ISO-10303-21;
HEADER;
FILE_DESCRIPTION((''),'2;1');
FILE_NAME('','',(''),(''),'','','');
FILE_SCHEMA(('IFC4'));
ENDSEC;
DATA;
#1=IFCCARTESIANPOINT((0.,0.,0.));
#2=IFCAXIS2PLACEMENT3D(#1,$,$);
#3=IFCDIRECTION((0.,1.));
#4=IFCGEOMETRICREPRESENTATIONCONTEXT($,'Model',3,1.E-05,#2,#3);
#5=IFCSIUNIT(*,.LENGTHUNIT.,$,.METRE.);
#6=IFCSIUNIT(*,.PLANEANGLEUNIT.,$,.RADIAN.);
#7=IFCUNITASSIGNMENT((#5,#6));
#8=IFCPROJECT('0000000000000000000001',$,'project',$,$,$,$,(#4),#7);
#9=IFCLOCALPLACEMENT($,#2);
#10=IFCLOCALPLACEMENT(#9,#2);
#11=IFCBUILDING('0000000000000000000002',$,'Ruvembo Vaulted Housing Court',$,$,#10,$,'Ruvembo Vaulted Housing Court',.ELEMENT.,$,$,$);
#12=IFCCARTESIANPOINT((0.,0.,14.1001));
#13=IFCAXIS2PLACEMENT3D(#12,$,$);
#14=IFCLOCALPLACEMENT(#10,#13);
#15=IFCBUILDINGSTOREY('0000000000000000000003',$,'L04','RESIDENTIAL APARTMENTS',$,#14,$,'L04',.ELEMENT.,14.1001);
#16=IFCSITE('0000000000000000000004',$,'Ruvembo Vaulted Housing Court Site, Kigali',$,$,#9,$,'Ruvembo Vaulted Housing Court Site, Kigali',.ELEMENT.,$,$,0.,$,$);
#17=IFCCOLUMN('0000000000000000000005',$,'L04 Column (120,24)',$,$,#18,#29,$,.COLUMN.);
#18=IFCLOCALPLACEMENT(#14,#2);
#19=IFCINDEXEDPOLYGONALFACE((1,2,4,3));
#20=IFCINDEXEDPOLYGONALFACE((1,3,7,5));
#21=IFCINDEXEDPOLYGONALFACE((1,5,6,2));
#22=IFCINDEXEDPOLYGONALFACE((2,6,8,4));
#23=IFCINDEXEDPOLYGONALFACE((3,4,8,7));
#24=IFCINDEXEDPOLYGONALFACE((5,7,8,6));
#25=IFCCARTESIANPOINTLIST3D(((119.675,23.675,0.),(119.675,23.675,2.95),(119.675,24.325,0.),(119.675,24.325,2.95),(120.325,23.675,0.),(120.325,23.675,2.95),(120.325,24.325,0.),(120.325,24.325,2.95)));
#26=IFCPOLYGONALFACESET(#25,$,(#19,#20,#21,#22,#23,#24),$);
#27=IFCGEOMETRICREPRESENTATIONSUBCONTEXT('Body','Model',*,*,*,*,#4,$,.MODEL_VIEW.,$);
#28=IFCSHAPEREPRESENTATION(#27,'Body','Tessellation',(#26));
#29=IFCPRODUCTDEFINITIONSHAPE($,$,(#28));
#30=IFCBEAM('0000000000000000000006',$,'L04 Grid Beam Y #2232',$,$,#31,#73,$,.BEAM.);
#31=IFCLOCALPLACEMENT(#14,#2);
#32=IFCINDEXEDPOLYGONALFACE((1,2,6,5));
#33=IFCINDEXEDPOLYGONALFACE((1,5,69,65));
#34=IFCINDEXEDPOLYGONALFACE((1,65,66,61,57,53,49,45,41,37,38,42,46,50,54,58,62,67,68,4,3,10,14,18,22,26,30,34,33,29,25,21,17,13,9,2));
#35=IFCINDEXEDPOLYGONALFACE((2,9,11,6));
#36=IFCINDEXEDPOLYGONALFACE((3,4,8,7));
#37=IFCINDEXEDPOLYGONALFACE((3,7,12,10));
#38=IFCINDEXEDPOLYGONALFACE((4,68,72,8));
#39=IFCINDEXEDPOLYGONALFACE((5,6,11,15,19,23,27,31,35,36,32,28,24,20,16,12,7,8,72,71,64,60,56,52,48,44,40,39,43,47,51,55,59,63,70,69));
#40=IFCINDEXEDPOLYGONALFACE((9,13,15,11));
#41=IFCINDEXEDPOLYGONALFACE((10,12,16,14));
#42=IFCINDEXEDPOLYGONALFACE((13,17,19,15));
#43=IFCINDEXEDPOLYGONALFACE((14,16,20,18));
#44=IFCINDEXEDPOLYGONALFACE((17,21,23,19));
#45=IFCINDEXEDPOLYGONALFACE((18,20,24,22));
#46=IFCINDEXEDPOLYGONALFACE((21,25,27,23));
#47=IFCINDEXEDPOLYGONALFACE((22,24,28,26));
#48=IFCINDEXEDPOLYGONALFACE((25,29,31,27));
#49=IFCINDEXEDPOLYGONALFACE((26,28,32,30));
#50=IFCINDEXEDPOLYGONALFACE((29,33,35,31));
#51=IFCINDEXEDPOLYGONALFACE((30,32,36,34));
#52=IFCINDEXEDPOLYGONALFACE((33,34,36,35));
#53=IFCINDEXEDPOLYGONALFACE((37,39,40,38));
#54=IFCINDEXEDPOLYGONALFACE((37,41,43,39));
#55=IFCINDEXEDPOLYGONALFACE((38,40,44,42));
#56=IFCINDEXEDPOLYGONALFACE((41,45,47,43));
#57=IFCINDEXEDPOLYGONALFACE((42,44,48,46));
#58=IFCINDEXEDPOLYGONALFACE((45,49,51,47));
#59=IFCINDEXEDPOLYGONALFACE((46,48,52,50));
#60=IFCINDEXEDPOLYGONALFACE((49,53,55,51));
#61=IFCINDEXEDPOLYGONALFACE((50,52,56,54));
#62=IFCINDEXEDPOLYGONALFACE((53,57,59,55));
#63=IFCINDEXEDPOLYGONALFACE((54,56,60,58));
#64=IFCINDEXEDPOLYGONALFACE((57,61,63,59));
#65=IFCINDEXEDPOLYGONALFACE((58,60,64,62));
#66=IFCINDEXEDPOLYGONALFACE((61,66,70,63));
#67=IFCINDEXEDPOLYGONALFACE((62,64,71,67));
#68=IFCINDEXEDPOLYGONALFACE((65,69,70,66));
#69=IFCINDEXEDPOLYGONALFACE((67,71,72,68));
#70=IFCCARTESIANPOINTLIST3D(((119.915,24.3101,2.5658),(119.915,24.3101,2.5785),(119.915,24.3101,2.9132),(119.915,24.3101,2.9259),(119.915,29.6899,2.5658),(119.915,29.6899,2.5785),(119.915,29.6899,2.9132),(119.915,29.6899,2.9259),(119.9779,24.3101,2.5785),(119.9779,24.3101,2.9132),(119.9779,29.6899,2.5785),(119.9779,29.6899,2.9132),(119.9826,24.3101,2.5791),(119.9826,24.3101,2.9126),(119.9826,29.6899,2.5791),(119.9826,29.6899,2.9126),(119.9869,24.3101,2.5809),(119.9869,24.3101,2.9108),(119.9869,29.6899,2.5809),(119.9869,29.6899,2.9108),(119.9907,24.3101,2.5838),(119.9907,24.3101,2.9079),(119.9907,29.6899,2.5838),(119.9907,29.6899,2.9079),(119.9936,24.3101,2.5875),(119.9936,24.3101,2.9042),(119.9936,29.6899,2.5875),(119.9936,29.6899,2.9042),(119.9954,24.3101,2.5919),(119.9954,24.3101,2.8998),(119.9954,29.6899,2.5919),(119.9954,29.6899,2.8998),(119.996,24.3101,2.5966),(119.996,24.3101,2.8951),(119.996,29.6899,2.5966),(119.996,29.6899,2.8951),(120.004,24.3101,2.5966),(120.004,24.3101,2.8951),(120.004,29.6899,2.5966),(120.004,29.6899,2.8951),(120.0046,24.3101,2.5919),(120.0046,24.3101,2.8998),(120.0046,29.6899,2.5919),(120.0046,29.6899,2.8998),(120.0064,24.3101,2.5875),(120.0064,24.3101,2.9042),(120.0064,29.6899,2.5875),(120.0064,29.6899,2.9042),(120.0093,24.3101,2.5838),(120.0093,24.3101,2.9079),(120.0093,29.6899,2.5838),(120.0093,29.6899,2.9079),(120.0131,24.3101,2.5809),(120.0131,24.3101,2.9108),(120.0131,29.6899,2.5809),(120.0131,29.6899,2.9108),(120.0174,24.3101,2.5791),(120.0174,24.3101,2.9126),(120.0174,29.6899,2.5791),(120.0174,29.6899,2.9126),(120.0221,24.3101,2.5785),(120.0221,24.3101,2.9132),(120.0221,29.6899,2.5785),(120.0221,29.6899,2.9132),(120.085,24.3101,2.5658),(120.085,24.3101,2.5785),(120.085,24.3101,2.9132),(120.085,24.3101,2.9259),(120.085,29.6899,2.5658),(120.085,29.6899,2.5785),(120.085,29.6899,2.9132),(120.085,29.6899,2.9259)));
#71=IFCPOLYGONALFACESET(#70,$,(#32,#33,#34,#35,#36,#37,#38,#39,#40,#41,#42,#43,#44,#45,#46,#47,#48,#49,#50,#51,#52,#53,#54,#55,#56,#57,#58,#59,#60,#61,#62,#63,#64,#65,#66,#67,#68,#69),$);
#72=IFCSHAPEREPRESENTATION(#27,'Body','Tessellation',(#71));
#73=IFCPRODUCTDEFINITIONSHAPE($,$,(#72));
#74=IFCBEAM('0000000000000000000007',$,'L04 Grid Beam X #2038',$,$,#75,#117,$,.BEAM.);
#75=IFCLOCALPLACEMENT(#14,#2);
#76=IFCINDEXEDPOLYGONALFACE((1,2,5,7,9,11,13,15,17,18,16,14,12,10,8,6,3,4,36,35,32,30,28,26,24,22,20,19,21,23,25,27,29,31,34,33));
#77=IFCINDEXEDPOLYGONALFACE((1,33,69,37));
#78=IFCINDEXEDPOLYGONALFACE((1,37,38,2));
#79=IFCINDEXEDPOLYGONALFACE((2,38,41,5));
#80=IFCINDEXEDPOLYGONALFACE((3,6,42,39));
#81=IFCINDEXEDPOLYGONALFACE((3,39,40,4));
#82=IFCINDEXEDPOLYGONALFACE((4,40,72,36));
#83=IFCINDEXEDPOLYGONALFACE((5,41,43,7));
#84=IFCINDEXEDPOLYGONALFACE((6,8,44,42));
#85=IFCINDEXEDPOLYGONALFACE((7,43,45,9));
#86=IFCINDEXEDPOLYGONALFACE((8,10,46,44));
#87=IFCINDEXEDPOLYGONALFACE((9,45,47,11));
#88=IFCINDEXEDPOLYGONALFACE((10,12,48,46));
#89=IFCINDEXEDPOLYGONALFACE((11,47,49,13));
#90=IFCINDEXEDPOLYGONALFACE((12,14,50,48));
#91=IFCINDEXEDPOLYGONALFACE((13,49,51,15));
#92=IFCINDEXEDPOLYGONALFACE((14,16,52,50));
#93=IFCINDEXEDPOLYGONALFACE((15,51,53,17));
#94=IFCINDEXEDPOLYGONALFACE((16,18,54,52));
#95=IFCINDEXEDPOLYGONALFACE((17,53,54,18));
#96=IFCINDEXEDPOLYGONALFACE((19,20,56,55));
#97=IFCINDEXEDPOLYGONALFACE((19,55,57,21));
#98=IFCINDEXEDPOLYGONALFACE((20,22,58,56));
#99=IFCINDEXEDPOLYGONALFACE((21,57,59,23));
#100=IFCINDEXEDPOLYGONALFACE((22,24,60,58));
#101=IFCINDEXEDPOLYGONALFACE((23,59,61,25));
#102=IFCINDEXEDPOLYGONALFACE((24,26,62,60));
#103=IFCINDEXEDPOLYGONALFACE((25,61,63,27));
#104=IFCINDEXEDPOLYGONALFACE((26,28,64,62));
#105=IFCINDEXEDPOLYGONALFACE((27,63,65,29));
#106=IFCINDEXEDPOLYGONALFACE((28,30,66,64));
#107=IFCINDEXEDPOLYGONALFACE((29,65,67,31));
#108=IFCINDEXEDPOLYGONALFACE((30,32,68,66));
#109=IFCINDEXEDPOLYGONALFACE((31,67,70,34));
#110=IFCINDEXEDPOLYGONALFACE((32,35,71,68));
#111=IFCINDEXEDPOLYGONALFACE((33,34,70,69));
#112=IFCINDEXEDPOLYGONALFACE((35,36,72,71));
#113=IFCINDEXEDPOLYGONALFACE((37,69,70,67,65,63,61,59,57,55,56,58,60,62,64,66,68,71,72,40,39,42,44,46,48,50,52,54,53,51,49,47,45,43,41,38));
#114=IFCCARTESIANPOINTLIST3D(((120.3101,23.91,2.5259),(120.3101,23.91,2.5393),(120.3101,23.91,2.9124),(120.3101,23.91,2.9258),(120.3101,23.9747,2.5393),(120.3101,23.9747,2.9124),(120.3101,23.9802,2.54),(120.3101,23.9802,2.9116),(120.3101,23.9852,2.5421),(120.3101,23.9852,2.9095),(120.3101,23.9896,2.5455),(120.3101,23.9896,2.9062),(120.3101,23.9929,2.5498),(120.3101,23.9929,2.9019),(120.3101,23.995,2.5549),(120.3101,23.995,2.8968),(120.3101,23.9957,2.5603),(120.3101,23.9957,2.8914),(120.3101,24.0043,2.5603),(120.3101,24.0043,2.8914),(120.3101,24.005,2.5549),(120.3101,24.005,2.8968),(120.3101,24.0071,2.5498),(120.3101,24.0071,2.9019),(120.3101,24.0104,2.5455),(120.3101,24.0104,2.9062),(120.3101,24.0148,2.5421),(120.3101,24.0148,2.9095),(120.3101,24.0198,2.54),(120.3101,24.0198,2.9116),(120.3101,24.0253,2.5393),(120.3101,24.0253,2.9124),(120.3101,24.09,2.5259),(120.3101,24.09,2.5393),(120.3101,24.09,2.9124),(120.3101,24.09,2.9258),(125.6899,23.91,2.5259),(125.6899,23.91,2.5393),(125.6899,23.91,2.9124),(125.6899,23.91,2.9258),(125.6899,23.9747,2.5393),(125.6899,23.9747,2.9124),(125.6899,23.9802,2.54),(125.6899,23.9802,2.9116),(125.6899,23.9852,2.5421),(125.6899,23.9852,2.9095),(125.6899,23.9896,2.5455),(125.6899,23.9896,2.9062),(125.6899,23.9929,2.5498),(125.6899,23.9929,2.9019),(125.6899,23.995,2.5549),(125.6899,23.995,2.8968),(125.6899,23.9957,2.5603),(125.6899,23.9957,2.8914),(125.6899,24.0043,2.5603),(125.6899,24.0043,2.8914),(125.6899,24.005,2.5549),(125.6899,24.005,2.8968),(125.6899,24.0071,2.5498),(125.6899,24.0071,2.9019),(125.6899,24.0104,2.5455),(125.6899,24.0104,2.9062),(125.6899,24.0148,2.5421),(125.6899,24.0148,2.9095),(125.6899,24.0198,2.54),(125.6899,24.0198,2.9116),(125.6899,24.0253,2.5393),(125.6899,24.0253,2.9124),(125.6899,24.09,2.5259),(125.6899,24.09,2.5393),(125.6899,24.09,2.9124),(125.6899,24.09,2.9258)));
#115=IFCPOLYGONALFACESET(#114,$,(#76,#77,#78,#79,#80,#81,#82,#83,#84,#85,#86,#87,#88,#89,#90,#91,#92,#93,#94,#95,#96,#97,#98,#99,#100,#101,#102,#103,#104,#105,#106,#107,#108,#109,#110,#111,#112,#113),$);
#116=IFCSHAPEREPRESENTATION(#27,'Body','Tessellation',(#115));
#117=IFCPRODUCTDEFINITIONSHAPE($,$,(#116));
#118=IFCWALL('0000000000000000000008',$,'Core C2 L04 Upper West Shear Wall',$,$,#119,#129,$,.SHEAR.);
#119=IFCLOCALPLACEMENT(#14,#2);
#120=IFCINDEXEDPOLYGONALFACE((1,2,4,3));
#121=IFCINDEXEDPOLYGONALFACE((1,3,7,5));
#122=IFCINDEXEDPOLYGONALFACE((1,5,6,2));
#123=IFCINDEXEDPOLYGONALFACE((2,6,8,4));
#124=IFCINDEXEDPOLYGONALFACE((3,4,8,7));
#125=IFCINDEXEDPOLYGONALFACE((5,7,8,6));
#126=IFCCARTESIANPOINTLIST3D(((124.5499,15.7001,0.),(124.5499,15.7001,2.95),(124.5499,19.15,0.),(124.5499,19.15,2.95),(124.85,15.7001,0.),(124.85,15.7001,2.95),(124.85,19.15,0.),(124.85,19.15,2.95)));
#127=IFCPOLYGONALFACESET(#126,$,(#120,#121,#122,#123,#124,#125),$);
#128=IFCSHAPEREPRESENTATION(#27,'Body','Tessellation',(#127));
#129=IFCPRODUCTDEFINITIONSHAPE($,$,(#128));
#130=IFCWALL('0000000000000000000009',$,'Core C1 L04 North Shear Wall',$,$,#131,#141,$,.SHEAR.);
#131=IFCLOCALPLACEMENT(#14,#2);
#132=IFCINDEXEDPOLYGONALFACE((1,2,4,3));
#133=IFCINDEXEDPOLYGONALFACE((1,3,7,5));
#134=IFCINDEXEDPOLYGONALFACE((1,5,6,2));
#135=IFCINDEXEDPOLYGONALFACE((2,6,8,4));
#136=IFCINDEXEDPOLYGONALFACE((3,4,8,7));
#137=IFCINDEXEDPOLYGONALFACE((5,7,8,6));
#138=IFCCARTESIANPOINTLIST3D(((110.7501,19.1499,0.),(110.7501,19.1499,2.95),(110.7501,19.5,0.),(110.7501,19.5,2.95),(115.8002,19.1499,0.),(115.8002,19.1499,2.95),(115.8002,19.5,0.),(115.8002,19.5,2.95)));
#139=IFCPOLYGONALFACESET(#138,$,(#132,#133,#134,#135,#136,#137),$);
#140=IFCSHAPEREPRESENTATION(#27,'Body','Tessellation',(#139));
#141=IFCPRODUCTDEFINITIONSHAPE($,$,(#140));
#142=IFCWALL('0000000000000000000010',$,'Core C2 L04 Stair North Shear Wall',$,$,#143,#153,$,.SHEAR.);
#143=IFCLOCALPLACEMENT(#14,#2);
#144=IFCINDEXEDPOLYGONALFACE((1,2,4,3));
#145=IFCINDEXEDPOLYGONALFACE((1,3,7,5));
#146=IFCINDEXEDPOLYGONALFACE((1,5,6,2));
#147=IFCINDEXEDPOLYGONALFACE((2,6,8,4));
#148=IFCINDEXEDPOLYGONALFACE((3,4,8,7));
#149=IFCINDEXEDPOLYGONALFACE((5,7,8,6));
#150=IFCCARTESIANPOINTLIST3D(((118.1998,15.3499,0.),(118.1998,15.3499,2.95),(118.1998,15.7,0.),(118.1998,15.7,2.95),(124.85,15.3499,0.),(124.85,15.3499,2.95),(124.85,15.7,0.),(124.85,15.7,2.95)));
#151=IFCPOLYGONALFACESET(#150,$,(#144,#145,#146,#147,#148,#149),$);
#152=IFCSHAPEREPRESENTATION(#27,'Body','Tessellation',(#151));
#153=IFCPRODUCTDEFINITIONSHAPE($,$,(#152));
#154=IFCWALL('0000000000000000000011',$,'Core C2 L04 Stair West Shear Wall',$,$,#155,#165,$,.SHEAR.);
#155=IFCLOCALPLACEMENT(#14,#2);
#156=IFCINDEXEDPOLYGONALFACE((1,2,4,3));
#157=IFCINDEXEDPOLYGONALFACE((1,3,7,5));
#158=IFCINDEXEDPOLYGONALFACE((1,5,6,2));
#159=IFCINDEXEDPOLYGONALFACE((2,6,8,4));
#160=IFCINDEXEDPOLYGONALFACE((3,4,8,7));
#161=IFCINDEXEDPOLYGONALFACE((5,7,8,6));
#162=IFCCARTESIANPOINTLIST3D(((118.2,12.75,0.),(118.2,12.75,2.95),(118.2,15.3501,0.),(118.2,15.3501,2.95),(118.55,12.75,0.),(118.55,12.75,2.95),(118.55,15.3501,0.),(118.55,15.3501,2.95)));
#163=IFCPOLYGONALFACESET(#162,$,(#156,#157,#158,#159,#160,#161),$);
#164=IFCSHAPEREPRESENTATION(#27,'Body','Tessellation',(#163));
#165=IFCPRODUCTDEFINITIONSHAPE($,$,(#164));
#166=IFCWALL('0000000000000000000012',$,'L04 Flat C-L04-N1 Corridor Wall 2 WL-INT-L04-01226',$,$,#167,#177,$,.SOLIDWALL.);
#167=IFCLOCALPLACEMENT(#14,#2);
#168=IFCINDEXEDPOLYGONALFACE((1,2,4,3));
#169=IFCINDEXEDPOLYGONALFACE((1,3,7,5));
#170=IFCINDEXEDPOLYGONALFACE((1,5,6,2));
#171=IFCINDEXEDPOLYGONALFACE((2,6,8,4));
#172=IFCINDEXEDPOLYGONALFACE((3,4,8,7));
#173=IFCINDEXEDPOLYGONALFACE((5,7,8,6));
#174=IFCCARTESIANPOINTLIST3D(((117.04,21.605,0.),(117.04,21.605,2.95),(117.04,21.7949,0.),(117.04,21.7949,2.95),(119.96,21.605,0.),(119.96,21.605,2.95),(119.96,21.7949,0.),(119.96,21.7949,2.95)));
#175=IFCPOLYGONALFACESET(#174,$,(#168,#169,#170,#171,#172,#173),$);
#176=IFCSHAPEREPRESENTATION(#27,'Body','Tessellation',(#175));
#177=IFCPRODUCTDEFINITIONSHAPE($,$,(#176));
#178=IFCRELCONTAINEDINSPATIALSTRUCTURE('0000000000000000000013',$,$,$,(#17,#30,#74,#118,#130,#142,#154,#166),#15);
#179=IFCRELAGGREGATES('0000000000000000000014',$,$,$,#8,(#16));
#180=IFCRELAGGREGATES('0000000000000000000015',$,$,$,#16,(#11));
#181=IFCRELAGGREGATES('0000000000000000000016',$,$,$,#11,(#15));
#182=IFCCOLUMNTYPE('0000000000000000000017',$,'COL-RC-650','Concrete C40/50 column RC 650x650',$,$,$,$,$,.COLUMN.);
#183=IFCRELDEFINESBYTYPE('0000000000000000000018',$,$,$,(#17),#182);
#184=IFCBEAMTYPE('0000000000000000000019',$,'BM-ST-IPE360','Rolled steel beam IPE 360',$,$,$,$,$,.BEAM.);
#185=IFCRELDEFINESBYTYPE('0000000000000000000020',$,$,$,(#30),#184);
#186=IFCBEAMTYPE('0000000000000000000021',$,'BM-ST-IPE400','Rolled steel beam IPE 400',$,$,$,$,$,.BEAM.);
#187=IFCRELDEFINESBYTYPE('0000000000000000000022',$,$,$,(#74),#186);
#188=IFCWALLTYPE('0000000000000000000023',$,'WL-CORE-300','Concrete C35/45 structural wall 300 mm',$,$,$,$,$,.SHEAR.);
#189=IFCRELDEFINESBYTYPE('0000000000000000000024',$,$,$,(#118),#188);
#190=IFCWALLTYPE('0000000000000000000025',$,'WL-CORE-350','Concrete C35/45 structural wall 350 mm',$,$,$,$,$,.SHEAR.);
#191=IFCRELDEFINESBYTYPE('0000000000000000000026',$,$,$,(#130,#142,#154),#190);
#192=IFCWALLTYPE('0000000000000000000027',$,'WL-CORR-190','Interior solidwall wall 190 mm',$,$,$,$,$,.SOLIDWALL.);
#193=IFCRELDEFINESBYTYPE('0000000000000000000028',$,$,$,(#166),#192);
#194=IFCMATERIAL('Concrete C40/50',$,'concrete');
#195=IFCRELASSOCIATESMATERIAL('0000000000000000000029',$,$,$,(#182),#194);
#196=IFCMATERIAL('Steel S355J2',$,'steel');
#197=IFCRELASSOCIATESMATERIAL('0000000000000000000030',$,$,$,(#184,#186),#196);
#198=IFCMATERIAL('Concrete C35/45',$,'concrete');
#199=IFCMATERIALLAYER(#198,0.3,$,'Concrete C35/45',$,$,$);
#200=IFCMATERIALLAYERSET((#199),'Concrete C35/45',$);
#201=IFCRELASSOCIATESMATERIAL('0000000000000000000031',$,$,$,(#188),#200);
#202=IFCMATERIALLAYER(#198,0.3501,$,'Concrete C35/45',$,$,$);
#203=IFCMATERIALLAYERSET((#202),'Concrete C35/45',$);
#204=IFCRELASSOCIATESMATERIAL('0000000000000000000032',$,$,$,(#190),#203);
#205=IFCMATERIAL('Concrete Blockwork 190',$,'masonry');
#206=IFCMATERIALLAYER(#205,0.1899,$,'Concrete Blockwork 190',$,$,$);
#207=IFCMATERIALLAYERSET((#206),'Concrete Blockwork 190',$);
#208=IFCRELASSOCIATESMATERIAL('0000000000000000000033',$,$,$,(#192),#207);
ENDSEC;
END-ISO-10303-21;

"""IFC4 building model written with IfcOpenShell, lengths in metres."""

from ifc_helpers import new_model, si_unit, direction, frame, frame_2d, origin, origin_2d, place, context, subcontext, project, spatial, rectangle, i_section, extrude, material, layer, layer_set, material_profile, profile_set, type_object, element, save


model = new_model("IFC4")

# Units and contexts
model_context = context("Model", 3, precision=1e-05, world=origin(), true_north=direction((0.0, 1.0)))
body_context = subcontext(model_context, "Body", "Model", "MODEL_VIEW")
ifc_project = project(units=[si_unit("LENGTHUNIT", "METRE"), si_unit("PLANEANGLEUNIT", "RADIAN")], contexts=[model_context])

# Site, building, storey
site_placement = place(None, origin())
site = spatial("IfcSite", under=ifc_project, at=site_placement, Name="Ruvembo Vaulted Housing Court Site, Kigali", LongName="Ruvembo Vaulted Housing Court Site, Kigali", CompositionType="ELEMENT", RefElevation=0.0)
building_placement = place(site_placement, origin())
building = spatial("IfcBuilding", under=site, at=building_placement, Name="Ruvembo Vaulted Housing Court", LongName="Ruvembo Vaulted Housing Court", CompositionType="ELEMENT")
storey_placement = place(building_placement, frame((0.0, 0.0, 14.1001)))
storey = spatial("IfcBuildingStorey", under=building, at=storey_placement, Name="L04", Description="RESIDENTIAL APARTMENTS", LongName="L04", CompositionType="ELEMENT", Elevation=14.1001)

# Column
ifc_material_1 = material(Name="Concrete C40/50", Category="concrete")
ifc_material_profile_1 = material_profile(ifc_material_1, rectangle(XDim=0.6499, YDim=0.6499, at=origin_2d()), Name="RC 650x650")
ifc_profile_set_1 = profile_set([ifc_material_profile_1], Name="Concrete C40/50")
column_type = type_object("IfcColumnType", Name="COL-RC-650", Description="Concrete C40/50 column RC 650x650", PredefinedType="COLUMN", material=ifc_profile_set_1)
column_placement = place(storey_placement, frame((120.0, 24.0, 0.0), z_axis=(0.0, 0.0, 1.0), x_axis=(1.0, 0.0, 0.0)))
element("IfcColumn", 1, at=column_placement, inside=storey, type_object=column_type, Name="L04 Column (120,24)", PredefinedType="COLUMN", context=body_context, shape_type="SweptSolid", body=[
    extrude(rectangle(XDim=0.6499, YDim=0.6499, at=origin_2d()), origin(), (0.0, 0.0, 1.0), 2.95),
])

# Beams
ifc_material_2 = material(Name="Steel S355J2", Category="steel")
ifc_material_profile_2 = material_profile(ifc_material_2, i_section(OverallWidth=0.1699, OverallDepth=0.3601, WebThickness=0.0081, FlangeThickness=0.0127, FilletRadius=0.0181, at=origin_2d()), Name="IPE 360")
ifc_profile_set_2 = profile_set([ifc_material_profile_2], Name="Steel S355J2")
beam_type_1 = type_object("IfcBeamType", Name="BM-ST-IPE360", Description="Rolled steel beam IPE 360", PredefinedType="BEAM", material=ifc_profile_set_2)
beam_1_placement = place(storey_placement, frame((120.0, 24.3101, 2.7458), z_axis=(0.0, 1.0, 0.0), x_axis=(-1.0, 0.0, 0.0)))
element("IfcBeam", 2, at=beam_1_placement, inside=storey, type_object=beam_type_1, Name="L04 Grid Beam Y #2232", PredefinedType="BEAM", context=body_context, shape_type="SweptSolid", body=[
    extrude(i_section(OverallWidth=0.1699, OverallDepth=0.3601, WebThickness=0.0081, FlangeThickness=0.0127, FilletRadius=0.0181, at=origin_2d()), origin(), (0.0, 0.0, 1.0), 5.3799),
])
ifc_material_profile_3 = material_profile(ifc_material_2, i_section(OverallWidth=0.1799, OverallDepth=0.3999, WebThickness=0.0085, FlangeThickness=0.0134, FilletRadius=0.021, at=origin_2d()), Name="IPE 400")
ifc_profile_set_3 = profile_set([ifc_material_profile_3], Name="Steel S355J2")
beam_type_2 = type_object("IfcBeamType", Name="BM-ST-IPE400", Description="Rolled steel beam IPE 400", PredefinedType="BEAM", material=ifc_profile_set_3)
beam_2_placement = place(storey_placement, frame((120.3101, 24.0, 2.7258), z_axis=(1.0, 0.0, 0.0), x_axis=(0.0, 1.0, 0.0)))
element("IfcBeam", 3, at=beam_2_placement, inside=storey, type_object=beam_type_2, Name="L04 Grid Beam X #2038", PredefinedType="BEAM", context=body_context, shape_type="SweptSolid", body=[
    extrude(i_section(OverallWidth=0.1799, OverallDepth=0.3999, WebThickness=0.0085, FlangeThickness=0.0134, FilletRadius=0.021, at=origin_2d()), origin(), (0.0, 0.0, 1.0), 5.3799),
])

# Walls
ifc_material_3 = material(Name="Concrete C35/45", Category="concrete")
ifc_layer_1 = layer(ifc_material_3, 0.3, Name="Concrete C35/45")
ifc_layer_set_1 = layer_set([ifc_layer_1], Name="Concrete C35/45")
wall_type_1 = type_object("IfcWallType", Name="WL-CORE-300", Description="Concrete C35/45 structural wall 300 mm", PredefinedType="SHEAR", material=ifc_layer_set_1)
wall_1_placement = place(storey_placement, frame((124.7, 15.7, 0.0), z_axis=(0.0, 0.0, 1.0), x_axis=(0.0, 1.0, 0.0)))
element("IfcWall", 4, at=wall_1_placement, inside=storey, type_object=wall_type_1, Name="Core C2 L04 Upper West Shear Wall", PredefinedType="SHEAR", context=body_context, shape_type="SweptSolid", body=[
    extrude(rectangle(XDim=3.45, YDim=0.3, at=frame_2d((1.7251, 0.0))), origin(), (0.0, 0.0, 1.0), 2.95),
])
ifc_layer_2 = layer(ifc_material_3, 0.3501, Name="Concrete C35/45")
ifc_layer_set_2 = layer_set([ifc_layer_2], Name="Concrete C35/45")
wall_type_2 = type_object("IfcWallType", Name="WL-CORE-350", Description="Concrete C35/45 structural wall 350 mm", PredefinedType="SHEAR", material=ifc_layer_set_2)
wall_2_placement = place(storey_placement, frame((115.8, 19.325, 0.0), z_axis=(0.0, 0.0, 1.0), x_axis=(-1.0, 0.0, 0.0)))
element("IfcWall", 5, at=wall_2_placement, inside=storey, type_object=wall_type_2, Name="Core C1 L04 North Shear Wall", PredefinedType="SHEAR", context=body_context, shape_type="SweptSolid", body=[
    extrude(rectangle(XDim=5.05, YDim=0.3501, at=frame_2d((2.5249, 0.0))), origin(), (0.0, 0.0, 1.0), 2.95),
])
wall_3_placement = place(storey_placement, frame((124.8501, 15.5249, 0.0), z_axis=(0.0, 0.0, 1.0), x_axis=(-1.0, 0.0, 0.0)))
element("IfcWall", 6, at=wall_3_placement, inside=storey, type_object=wall_type_2, Name="Core C2 L04 Stair North Shear Wall", PredefinedType="SHEAR", context=body_context, shape_type="SweptSolid", body=[
    extrude(rectangle(XDim=6.6501, YDim=0.3501, at=frame_2d((3.3252, 0.0))), origin(), (0.0, 0.0, 1.0), 2.95),
])
wall_4_placement = place(storey_placement, frame((118.375, 15.3501, 0.0), z_axis=(0.0, 0.0, 1.0), x_axis=(0.0, -1.0, 0.0)))
element("IfcWall", 7, at=wall_4_placement, inside=storey, type_object=wall_type_2, Name="Core C2 L04 Stair West Shear Wall", PredefinedType="SHEAR", context=body_context, shape_type="SweptSolid", body=[
    extrude(rectangle(XDim=2.6001, YDim=0.3501, at=frame_2d((1.3, 0.0))), origin(), (0.0, 0.0, 1.0), 2.95),
])
ifc_material_4 = material(Name="Concrete Blockwork 190", Category="masonry")
ifc_layer_3 = layer(ifc_material_4, 0.1899, Name="Concrete Blockwork 190")
ifc_layer_set_3 = layer_set([ifc_layer_3], Name="Concrete Blockwork 190")
wall_type_3 = type_object("IfcWallType", Name="WL-CORR-190", Description="Interior solidwall wall 190 mm", PredefinedType="SOLIDWALL", material=ifc_layer_set_3)
wall_5_placement = place(storey_placement, frame((117.04, 21.7, 0.0), z_axis=(0.0, 0.0, 1.0), x_axis=(1.0, 0.0, 0.0)))
element("IfcWall", 8, at=wall_5_placement, inside=storey, type_object=wall_type_3, Name="L04 Flat C-L04-N1 Corridor Wall 2 WL-INT-L04-01226", PredefinedType="SOLIDWALL", context=body_context, shape_type="SweptSolid", body=[
    extrude(rectangle(XDim=2.9199, YDim=0.1899, at=frame_2d((1.46, 0.0))), origin(), (0.0, 0.0, 1.0), 2.95),
])

save(model, "model.ifc")
